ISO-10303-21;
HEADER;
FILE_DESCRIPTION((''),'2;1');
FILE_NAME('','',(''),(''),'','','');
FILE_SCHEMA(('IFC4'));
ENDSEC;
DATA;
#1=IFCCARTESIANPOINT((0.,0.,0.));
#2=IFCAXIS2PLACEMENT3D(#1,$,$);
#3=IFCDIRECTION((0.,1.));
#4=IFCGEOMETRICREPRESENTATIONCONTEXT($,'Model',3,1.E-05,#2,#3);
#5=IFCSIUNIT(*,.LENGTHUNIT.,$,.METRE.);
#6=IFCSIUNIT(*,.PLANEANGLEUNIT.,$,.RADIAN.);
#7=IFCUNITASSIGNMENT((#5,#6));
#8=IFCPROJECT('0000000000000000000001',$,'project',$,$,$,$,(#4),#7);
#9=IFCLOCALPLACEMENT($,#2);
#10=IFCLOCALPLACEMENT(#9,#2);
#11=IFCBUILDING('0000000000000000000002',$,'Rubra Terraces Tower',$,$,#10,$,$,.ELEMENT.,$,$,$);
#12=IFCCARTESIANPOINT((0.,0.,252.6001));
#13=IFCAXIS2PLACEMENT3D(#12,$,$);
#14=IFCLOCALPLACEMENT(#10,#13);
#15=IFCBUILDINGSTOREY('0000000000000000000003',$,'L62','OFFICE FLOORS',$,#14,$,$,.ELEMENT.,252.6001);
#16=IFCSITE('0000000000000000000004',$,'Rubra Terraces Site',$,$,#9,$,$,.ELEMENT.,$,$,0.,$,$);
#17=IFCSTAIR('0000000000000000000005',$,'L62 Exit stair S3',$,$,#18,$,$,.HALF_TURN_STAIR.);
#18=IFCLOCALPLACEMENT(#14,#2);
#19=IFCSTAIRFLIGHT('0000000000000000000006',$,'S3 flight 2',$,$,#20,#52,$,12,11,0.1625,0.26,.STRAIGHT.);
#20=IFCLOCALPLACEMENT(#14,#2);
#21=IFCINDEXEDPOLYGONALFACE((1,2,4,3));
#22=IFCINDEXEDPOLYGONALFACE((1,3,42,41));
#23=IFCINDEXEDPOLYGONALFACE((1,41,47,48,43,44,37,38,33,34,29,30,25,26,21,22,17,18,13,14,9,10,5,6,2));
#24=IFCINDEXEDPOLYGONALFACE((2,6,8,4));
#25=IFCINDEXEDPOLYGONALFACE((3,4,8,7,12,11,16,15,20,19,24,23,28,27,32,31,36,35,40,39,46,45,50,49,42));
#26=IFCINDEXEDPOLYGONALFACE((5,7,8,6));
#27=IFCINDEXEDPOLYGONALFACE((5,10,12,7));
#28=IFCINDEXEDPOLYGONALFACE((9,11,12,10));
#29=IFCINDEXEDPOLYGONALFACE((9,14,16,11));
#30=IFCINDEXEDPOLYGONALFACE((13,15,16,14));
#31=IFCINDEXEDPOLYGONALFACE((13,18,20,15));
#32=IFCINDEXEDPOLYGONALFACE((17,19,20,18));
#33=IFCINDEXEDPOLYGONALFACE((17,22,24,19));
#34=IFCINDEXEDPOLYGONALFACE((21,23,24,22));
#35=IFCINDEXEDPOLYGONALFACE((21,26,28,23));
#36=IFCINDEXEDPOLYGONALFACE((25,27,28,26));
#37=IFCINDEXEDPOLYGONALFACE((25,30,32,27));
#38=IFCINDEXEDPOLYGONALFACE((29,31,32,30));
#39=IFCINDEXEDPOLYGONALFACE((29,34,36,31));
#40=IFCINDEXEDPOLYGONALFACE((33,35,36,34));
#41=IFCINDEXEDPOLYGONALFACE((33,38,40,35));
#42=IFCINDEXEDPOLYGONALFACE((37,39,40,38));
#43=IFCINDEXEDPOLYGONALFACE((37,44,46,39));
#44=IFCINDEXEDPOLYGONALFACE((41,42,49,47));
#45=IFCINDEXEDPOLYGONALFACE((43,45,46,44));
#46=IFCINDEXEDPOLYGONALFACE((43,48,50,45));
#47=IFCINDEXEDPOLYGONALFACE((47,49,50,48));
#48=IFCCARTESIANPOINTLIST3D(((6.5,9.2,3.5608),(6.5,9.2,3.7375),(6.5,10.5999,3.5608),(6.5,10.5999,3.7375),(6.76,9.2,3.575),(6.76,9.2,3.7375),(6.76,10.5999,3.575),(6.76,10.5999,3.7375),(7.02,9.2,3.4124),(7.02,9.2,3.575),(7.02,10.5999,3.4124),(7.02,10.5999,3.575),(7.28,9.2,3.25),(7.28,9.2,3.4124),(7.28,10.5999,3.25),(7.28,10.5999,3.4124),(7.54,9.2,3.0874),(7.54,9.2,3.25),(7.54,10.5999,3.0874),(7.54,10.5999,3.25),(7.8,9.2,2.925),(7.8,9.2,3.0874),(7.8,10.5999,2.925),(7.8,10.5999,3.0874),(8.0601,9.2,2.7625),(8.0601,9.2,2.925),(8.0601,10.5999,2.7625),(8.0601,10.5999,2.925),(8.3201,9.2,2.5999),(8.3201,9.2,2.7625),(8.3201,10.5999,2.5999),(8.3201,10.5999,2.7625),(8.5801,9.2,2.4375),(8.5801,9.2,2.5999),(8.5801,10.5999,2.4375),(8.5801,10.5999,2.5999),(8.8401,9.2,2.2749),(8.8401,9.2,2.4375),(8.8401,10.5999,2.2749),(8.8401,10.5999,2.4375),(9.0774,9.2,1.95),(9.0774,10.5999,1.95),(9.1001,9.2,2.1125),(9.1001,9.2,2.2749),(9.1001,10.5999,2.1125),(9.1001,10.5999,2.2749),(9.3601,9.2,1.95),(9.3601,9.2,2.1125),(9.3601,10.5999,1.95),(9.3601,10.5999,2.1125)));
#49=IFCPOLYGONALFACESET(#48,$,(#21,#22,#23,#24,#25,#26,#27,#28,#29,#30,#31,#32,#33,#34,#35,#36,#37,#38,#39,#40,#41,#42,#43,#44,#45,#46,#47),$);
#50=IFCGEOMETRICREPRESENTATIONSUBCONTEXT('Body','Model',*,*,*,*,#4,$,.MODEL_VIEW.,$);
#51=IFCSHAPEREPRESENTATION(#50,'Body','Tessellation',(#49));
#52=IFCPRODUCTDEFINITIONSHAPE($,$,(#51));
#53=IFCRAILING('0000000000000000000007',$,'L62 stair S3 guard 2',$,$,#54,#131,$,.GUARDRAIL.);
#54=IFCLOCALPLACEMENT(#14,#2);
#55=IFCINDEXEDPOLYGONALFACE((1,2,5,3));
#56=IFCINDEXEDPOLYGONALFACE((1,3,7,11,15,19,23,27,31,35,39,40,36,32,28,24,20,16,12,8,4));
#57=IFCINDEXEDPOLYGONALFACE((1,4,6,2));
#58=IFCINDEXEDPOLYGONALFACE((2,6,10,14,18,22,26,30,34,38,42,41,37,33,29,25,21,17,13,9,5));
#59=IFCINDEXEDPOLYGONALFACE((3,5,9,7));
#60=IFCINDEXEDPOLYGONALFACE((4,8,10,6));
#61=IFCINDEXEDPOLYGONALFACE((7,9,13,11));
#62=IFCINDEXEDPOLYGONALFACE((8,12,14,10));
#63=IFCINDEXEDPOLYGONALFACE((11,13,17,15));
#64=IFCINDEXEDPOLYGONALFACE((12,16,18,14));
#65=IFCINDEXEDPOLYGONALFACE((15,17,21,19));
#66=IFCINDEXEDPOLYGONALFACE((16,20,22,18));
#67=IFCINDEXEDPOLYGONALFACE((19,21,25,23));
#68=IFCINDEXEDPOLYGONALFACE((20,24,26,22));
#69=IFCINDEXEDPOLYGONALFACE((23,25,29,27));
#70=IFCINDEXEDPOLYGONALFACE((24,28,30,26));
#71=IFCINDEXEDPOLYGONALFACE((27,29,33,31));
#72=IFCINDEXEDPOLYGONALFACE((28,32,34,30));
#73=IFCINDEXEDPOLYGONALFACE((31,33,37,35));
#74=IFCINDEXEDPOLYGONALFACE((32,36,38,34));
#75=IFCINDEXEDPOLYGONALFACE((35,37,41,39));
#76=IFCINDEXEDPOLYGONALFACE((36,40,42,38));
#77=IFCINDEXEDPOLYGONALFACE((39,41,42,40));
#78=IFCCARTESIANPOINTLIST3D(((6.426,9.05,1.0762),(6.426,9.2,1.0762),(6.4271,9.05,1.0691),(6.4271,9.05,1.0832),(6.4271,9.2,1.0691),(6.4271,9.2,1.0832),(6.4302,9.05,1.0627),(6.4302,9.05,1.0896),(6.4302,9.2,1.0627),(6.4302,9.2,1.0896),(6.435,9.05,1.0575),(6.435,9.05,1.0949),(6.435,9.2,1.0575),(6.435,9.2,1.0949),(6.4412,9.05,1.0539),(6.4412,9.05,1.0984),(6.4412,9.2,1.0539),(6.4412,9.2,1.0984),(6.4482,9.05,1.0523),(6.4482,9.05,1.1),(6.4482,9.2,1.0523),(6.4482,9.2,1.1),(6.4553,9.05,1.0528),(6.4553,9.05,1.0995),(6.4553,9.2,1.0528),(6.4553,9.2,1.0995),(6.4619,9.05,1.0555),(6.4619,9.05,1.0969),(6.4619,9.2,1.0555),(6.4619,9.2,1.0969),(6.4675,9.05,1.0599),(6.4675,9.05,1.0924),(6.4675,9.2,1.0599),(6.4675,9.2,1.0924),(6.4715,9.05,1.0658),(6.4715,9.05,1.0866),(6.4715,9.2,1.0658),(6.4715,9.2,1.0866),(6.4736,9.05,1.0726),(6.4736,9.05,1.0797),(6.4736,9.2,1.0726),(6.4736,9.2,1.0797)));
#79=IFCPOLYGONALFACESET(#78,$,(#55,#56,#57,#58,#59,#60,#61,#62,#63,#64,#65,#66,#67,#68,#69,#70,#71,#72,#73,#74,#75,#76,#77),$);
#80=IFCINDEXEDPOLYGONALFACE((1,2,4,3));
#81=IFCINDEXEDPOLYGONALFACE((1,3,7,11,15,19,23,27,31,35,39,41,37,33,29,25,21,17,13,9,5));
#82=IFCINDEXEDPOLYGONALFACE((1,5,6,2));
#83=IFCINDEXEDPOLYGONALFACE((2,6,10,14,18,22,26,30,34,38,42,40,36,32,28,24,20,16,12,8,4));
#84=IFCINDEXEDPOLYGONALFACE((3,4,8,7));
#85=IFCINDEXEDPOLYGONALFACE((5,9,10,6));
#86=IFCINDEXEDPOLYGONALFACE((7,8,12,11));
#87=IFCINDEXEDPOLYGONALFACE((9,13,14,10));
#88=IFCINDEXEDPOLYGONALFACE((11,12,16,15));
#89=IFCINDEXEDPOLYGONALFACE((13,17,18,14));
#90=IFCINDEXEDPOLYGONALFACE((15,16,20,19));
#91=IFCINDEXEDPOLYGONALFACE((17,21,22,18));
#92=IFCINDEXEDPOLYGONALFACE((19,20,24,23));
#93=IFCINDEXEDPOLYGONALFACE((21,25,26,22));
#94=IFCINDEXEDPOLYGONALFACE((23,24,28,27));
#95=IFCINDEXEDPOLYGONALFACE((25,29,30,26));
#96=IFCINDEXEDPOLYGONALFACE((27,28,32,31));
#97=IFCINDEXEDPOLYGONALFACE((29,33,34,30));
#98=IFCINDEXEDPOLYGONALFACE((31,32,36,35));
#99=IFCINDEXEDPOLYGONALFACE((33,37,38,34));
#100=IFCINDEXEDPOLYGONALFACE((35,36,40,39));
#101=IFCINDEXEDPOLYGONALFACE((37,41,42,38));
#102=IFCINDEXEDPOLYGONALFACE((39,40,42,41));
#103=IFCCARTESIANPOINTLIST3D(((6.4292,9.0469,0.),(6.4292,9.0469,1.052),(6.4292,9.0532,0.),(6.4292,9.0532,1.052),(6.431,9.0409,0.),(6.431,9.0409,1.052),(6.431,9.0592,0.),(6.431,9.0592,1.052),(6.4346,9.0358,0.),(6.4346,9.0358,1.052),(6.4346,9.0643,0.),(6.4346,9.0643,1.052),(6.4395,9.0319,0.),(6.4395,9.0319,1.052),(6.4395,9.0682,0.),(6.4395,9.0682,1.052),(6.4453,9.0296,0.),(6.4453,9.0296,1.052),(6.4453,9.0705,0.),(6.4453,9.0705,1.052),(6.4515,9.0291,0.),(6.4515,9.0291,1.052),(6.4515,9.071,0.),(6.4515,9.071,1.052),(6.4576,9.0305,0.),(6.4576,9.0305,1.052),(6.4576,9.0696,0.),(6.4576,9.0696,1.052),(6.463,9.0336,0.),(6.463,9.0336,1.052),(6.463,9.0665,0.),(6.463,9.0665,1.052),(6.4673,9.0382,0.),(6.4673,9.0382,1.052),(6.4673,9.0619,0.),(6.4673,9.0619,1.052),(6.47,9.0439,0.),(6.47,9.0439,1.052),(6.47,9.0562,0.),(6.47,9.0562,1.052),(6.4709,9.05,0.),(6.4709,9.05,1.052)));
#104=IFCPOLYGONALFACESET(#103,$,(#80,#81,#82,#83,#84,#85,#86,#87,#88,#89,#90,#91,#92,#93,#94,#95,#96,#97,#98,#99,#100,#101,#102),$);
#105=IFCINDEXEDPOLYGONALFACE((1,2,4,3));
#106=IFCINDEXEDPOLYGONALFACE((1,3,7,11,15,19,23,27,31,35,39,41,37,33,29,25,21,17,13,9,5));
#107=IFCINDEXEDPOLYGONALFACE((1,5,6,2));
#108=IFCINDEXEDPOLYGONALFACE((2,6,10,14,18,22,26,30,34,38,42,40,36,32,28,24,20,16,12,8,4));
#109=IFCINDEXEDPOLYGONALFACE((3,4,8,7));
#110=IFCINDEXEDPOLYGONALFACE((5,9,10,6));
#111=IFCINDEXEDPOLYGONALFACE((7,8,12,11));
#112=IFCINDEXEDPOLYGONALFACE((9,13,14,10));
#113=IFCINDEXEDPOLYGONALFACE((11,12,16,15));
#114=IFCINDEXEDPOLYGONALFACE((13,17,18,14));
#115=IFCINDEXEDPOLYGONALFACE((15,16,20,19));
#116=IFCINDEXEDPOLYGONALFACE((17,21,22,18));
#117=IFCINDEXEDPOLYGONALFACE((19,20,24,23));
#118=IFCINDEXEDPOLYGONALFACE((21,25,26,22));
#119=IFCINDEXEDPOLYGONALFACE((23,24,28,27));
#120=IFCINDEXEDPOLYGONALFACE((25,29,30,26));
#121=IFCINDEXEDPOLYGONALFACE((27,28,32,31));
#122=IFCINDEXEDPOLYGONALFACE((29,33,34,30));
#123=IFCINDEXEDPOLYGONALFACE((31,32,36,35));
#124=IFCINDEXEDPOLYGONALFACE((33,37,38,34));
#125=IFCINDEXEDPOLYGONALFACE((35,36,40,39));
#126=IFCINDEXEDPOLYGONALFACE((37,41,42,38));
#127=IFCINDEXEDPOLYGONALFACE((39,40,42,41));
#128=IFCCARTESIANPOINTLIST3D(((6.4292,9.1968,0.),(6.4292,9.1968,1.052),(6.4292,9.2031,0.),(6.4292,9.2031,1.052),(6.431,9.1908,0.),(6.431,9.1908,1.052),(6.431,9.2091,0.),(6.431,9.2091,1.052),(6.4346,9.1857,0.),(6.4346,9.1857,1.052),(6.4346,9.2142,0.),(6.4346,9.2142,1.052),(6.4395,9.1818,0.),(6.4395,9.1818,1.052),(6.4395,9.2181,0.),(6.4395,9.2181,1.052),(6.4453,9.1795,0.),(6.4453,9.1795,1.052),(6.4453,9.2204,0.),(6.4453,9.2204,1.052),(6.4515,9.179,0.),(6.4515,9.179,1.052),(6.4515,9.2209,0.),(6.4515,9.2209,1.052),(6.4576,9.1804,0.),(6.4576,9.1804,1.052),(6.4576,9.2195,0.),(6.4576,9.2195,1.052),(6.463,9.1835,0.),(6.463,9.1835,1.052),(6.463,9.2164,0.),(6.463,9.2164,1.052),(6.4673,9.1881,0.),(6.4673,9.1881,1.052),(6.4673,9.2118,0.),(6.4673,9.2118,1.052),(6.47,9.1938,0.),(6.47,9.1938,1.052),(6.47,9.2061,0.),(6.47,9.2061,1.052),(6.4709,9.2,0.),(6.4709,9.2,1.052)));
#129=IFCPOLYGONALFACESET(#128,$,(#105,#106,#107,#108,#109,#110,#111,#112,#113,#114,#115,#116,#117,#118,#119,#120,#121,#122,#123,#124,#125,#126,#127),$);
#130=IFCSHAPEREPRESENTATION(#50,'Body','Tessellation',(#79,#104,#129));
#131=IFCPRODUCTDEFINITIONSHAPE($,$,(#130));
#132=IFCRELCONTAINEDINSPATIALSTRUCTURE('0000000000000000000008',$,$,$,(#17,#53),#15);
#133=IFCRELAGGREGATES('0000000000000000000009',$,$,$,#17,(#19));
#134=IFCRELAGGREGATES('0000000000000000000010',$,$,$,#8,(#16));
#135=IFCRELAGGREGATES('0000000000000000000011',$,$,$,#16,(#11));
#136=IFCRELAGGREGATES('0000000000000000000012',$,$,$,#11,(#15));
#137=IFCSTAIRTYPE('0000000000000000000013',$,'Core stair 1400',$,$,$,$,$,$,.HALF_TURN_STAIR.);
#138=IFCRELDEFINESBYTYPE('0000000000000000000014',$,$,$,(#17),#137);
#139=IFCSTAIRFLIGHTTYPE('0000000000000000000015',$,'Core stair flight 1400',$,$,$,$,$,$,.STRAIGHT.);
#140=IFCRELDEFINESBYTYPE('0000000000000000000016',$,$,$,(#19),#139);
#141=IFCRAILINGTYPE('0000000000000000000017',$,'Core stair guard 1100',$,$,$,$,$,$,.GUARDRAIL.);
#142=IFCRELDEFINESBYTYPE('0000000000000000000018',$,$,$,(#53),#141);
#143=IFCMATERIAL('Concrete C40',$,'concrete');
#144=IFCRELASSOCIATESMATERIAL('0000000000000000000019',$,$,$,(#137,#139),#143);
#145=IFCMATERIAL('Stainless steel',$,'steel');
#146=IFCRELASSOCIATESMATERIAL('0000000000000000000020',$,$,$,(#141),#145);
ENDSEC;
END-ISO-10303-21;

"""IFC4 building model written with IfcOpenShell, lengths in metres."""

from ifc_helpers import new_model, si_unit, direction, frame, origin, origin_2d, place, context, subcontext, project, spatial, polyline, circle, outline, extrude, material, type_object, element, aggregate, save


model = new_model("IFC4")

# Units and contexts
model_context = context("Model", 3, precision=1e-05, world=origin(), true_north=direction((0.0, 1.0)))
body_context = subcontext(model_context, "Body", "Model", "MODEL_VIEW")
ifc_project = project(units=[si_unit("LENGTHUNIT", "METRE"), si_unit("PLANEANGLEUNIT", "RADIAN")], contexts=[model_context])

# Site, building, storey
site_placement = place(None, origin())
site = spatial("IfcSite", under=ifc_project, at=site_placement, Name="Rubra Terraces Site", CompositionType="ELEMENT", RefElevation=0.0)
building_placement = place(site_placement, origin())
building = spatial("IfcBuilding", under=site, at=building_placement, Name="Rubra Terraces Tower", CompositionType="ELEMENT")
storey_placement = place(building_placement, frame((0.0, 0.0, 252.6001)))
storey = spatial("IfcBuildingStorey", under=building, at=storey_placement, Name="L62", Description="OFFICE FLOORS", CompositionType="ELEMENT", Elevation=252.6001)

# Shared definitions
ifc_material_1 = material(Name="Concrete C40", Category="concrete")

# Stair, stair flight
stair_type = type_object("IfcStairType", Name="Core stair 1400", PredefinedType="HALF_TURN_STAIR", material=ifc_material_1)
stair_placement = place(storey_placement, origin())
stair = element("IfcStair", 1, at=stair_placement, inside=storey, type_object=stair_type, Name="L62 Exit stair S3", PredefinedType="HALF_TURN_STAIR")
stair_flight_type = type_object("IfcStairFlightType", Name="Core stair flight 1400", PredefinedType="STRAIGHT", material=ifc_material_1)
stair_flight_1_placement = place(storey_placement, frame((9.3601, 9.8999, 1.95), z_axis=(0.0, 0.0, 1.0), x_axis=(-1.0, 0.0, 0.0)))
stair_flight_1 = element("IfcStairFlight", 2, at=stair_flight_1_placement, type_object=stair_flight_type, Name="S3 flight 2", NumberOfRisers=12, NumberOfTreads=11, PredefinedType="STRAIGHT", RiserHeight=0.1625, TreadLength=0.26, context=body_context, shape_type="SweptSolid", body=[
    extrude(outline(polyline([(0.0, 0.0), (0.0, 0.1626), (0.26, 0.1626), (0.26, 0.325), (0.52, 0.325), (0.52, 0.4875), (0.78, 0.4875), (0.78, 0.6499), (1.04, 0.6499), (1.04, 0.8125), (1.3, 0.8125), (1.3, 0.9751), (1.5601, 0.9751), (1.5601, 1.1375), (1.8201, 1.1375), (1.8201, 1.3), (2.0801, 1.3), (2.0801, 1.4624), (2.3401, 1.4624), (2.3401, 1.625), (2.6001, 1.625), (2.6001, 1.7876), (2.8601, 1.7876), (2.8601, 1.95), (2.8601, 1.6108), (0.2827, 0.0), (0.0, 0.0)])), frame((0.0, 0.7, 0.0), z_axis=(0.0, -1.0, 0.0), x_axis=(1.0, 0.0, 0.0)), (0.0, 0.0, 1.0), 1.3999),
])
aggregate(stair, [stair_flight_1])

# Railing
ifc_material_2 = material(Name="Stainless steel", Category="steel")
railing_type_1 = type_object("IfcRailingType", Name="Core stair guard 1100", PredefinedType="GUARDRAIL", material=ifc_material_2)
railing_1_placement = place(storey_placement, frame((6.45, 9.05, 0.0)))
element("IfcRailing", 3, at=railing_1_placement, inside=storey, type_object=railing_type_1, Name="L62 stair S3 guard 2", PredefinedType="GUARDRAIL", context=body_context, shape_type="SweptSolid", body=[
    extrude(circle(Radius=0.0239, at=origin_2d()), frame((0.0, 0.0, 1.0762), z_axis=(0.0, 1.0, 0.0), x_axis=(-1.0, 0.0, 0.0)), (0.0, 0.0, 1.0), 0.1499),
    extrude(circle(Radius=0.021, at=origin_2d()), origin(), (0.0, 0.0, 1.0), 1.052),
    extrude(circle(Radius=0.021, at=origin_2d()), frame((0.0, 0.1499, 0.0)), (0.0, 0.0, 1.0), 1.052),
])

save(model, "model.ifc")
